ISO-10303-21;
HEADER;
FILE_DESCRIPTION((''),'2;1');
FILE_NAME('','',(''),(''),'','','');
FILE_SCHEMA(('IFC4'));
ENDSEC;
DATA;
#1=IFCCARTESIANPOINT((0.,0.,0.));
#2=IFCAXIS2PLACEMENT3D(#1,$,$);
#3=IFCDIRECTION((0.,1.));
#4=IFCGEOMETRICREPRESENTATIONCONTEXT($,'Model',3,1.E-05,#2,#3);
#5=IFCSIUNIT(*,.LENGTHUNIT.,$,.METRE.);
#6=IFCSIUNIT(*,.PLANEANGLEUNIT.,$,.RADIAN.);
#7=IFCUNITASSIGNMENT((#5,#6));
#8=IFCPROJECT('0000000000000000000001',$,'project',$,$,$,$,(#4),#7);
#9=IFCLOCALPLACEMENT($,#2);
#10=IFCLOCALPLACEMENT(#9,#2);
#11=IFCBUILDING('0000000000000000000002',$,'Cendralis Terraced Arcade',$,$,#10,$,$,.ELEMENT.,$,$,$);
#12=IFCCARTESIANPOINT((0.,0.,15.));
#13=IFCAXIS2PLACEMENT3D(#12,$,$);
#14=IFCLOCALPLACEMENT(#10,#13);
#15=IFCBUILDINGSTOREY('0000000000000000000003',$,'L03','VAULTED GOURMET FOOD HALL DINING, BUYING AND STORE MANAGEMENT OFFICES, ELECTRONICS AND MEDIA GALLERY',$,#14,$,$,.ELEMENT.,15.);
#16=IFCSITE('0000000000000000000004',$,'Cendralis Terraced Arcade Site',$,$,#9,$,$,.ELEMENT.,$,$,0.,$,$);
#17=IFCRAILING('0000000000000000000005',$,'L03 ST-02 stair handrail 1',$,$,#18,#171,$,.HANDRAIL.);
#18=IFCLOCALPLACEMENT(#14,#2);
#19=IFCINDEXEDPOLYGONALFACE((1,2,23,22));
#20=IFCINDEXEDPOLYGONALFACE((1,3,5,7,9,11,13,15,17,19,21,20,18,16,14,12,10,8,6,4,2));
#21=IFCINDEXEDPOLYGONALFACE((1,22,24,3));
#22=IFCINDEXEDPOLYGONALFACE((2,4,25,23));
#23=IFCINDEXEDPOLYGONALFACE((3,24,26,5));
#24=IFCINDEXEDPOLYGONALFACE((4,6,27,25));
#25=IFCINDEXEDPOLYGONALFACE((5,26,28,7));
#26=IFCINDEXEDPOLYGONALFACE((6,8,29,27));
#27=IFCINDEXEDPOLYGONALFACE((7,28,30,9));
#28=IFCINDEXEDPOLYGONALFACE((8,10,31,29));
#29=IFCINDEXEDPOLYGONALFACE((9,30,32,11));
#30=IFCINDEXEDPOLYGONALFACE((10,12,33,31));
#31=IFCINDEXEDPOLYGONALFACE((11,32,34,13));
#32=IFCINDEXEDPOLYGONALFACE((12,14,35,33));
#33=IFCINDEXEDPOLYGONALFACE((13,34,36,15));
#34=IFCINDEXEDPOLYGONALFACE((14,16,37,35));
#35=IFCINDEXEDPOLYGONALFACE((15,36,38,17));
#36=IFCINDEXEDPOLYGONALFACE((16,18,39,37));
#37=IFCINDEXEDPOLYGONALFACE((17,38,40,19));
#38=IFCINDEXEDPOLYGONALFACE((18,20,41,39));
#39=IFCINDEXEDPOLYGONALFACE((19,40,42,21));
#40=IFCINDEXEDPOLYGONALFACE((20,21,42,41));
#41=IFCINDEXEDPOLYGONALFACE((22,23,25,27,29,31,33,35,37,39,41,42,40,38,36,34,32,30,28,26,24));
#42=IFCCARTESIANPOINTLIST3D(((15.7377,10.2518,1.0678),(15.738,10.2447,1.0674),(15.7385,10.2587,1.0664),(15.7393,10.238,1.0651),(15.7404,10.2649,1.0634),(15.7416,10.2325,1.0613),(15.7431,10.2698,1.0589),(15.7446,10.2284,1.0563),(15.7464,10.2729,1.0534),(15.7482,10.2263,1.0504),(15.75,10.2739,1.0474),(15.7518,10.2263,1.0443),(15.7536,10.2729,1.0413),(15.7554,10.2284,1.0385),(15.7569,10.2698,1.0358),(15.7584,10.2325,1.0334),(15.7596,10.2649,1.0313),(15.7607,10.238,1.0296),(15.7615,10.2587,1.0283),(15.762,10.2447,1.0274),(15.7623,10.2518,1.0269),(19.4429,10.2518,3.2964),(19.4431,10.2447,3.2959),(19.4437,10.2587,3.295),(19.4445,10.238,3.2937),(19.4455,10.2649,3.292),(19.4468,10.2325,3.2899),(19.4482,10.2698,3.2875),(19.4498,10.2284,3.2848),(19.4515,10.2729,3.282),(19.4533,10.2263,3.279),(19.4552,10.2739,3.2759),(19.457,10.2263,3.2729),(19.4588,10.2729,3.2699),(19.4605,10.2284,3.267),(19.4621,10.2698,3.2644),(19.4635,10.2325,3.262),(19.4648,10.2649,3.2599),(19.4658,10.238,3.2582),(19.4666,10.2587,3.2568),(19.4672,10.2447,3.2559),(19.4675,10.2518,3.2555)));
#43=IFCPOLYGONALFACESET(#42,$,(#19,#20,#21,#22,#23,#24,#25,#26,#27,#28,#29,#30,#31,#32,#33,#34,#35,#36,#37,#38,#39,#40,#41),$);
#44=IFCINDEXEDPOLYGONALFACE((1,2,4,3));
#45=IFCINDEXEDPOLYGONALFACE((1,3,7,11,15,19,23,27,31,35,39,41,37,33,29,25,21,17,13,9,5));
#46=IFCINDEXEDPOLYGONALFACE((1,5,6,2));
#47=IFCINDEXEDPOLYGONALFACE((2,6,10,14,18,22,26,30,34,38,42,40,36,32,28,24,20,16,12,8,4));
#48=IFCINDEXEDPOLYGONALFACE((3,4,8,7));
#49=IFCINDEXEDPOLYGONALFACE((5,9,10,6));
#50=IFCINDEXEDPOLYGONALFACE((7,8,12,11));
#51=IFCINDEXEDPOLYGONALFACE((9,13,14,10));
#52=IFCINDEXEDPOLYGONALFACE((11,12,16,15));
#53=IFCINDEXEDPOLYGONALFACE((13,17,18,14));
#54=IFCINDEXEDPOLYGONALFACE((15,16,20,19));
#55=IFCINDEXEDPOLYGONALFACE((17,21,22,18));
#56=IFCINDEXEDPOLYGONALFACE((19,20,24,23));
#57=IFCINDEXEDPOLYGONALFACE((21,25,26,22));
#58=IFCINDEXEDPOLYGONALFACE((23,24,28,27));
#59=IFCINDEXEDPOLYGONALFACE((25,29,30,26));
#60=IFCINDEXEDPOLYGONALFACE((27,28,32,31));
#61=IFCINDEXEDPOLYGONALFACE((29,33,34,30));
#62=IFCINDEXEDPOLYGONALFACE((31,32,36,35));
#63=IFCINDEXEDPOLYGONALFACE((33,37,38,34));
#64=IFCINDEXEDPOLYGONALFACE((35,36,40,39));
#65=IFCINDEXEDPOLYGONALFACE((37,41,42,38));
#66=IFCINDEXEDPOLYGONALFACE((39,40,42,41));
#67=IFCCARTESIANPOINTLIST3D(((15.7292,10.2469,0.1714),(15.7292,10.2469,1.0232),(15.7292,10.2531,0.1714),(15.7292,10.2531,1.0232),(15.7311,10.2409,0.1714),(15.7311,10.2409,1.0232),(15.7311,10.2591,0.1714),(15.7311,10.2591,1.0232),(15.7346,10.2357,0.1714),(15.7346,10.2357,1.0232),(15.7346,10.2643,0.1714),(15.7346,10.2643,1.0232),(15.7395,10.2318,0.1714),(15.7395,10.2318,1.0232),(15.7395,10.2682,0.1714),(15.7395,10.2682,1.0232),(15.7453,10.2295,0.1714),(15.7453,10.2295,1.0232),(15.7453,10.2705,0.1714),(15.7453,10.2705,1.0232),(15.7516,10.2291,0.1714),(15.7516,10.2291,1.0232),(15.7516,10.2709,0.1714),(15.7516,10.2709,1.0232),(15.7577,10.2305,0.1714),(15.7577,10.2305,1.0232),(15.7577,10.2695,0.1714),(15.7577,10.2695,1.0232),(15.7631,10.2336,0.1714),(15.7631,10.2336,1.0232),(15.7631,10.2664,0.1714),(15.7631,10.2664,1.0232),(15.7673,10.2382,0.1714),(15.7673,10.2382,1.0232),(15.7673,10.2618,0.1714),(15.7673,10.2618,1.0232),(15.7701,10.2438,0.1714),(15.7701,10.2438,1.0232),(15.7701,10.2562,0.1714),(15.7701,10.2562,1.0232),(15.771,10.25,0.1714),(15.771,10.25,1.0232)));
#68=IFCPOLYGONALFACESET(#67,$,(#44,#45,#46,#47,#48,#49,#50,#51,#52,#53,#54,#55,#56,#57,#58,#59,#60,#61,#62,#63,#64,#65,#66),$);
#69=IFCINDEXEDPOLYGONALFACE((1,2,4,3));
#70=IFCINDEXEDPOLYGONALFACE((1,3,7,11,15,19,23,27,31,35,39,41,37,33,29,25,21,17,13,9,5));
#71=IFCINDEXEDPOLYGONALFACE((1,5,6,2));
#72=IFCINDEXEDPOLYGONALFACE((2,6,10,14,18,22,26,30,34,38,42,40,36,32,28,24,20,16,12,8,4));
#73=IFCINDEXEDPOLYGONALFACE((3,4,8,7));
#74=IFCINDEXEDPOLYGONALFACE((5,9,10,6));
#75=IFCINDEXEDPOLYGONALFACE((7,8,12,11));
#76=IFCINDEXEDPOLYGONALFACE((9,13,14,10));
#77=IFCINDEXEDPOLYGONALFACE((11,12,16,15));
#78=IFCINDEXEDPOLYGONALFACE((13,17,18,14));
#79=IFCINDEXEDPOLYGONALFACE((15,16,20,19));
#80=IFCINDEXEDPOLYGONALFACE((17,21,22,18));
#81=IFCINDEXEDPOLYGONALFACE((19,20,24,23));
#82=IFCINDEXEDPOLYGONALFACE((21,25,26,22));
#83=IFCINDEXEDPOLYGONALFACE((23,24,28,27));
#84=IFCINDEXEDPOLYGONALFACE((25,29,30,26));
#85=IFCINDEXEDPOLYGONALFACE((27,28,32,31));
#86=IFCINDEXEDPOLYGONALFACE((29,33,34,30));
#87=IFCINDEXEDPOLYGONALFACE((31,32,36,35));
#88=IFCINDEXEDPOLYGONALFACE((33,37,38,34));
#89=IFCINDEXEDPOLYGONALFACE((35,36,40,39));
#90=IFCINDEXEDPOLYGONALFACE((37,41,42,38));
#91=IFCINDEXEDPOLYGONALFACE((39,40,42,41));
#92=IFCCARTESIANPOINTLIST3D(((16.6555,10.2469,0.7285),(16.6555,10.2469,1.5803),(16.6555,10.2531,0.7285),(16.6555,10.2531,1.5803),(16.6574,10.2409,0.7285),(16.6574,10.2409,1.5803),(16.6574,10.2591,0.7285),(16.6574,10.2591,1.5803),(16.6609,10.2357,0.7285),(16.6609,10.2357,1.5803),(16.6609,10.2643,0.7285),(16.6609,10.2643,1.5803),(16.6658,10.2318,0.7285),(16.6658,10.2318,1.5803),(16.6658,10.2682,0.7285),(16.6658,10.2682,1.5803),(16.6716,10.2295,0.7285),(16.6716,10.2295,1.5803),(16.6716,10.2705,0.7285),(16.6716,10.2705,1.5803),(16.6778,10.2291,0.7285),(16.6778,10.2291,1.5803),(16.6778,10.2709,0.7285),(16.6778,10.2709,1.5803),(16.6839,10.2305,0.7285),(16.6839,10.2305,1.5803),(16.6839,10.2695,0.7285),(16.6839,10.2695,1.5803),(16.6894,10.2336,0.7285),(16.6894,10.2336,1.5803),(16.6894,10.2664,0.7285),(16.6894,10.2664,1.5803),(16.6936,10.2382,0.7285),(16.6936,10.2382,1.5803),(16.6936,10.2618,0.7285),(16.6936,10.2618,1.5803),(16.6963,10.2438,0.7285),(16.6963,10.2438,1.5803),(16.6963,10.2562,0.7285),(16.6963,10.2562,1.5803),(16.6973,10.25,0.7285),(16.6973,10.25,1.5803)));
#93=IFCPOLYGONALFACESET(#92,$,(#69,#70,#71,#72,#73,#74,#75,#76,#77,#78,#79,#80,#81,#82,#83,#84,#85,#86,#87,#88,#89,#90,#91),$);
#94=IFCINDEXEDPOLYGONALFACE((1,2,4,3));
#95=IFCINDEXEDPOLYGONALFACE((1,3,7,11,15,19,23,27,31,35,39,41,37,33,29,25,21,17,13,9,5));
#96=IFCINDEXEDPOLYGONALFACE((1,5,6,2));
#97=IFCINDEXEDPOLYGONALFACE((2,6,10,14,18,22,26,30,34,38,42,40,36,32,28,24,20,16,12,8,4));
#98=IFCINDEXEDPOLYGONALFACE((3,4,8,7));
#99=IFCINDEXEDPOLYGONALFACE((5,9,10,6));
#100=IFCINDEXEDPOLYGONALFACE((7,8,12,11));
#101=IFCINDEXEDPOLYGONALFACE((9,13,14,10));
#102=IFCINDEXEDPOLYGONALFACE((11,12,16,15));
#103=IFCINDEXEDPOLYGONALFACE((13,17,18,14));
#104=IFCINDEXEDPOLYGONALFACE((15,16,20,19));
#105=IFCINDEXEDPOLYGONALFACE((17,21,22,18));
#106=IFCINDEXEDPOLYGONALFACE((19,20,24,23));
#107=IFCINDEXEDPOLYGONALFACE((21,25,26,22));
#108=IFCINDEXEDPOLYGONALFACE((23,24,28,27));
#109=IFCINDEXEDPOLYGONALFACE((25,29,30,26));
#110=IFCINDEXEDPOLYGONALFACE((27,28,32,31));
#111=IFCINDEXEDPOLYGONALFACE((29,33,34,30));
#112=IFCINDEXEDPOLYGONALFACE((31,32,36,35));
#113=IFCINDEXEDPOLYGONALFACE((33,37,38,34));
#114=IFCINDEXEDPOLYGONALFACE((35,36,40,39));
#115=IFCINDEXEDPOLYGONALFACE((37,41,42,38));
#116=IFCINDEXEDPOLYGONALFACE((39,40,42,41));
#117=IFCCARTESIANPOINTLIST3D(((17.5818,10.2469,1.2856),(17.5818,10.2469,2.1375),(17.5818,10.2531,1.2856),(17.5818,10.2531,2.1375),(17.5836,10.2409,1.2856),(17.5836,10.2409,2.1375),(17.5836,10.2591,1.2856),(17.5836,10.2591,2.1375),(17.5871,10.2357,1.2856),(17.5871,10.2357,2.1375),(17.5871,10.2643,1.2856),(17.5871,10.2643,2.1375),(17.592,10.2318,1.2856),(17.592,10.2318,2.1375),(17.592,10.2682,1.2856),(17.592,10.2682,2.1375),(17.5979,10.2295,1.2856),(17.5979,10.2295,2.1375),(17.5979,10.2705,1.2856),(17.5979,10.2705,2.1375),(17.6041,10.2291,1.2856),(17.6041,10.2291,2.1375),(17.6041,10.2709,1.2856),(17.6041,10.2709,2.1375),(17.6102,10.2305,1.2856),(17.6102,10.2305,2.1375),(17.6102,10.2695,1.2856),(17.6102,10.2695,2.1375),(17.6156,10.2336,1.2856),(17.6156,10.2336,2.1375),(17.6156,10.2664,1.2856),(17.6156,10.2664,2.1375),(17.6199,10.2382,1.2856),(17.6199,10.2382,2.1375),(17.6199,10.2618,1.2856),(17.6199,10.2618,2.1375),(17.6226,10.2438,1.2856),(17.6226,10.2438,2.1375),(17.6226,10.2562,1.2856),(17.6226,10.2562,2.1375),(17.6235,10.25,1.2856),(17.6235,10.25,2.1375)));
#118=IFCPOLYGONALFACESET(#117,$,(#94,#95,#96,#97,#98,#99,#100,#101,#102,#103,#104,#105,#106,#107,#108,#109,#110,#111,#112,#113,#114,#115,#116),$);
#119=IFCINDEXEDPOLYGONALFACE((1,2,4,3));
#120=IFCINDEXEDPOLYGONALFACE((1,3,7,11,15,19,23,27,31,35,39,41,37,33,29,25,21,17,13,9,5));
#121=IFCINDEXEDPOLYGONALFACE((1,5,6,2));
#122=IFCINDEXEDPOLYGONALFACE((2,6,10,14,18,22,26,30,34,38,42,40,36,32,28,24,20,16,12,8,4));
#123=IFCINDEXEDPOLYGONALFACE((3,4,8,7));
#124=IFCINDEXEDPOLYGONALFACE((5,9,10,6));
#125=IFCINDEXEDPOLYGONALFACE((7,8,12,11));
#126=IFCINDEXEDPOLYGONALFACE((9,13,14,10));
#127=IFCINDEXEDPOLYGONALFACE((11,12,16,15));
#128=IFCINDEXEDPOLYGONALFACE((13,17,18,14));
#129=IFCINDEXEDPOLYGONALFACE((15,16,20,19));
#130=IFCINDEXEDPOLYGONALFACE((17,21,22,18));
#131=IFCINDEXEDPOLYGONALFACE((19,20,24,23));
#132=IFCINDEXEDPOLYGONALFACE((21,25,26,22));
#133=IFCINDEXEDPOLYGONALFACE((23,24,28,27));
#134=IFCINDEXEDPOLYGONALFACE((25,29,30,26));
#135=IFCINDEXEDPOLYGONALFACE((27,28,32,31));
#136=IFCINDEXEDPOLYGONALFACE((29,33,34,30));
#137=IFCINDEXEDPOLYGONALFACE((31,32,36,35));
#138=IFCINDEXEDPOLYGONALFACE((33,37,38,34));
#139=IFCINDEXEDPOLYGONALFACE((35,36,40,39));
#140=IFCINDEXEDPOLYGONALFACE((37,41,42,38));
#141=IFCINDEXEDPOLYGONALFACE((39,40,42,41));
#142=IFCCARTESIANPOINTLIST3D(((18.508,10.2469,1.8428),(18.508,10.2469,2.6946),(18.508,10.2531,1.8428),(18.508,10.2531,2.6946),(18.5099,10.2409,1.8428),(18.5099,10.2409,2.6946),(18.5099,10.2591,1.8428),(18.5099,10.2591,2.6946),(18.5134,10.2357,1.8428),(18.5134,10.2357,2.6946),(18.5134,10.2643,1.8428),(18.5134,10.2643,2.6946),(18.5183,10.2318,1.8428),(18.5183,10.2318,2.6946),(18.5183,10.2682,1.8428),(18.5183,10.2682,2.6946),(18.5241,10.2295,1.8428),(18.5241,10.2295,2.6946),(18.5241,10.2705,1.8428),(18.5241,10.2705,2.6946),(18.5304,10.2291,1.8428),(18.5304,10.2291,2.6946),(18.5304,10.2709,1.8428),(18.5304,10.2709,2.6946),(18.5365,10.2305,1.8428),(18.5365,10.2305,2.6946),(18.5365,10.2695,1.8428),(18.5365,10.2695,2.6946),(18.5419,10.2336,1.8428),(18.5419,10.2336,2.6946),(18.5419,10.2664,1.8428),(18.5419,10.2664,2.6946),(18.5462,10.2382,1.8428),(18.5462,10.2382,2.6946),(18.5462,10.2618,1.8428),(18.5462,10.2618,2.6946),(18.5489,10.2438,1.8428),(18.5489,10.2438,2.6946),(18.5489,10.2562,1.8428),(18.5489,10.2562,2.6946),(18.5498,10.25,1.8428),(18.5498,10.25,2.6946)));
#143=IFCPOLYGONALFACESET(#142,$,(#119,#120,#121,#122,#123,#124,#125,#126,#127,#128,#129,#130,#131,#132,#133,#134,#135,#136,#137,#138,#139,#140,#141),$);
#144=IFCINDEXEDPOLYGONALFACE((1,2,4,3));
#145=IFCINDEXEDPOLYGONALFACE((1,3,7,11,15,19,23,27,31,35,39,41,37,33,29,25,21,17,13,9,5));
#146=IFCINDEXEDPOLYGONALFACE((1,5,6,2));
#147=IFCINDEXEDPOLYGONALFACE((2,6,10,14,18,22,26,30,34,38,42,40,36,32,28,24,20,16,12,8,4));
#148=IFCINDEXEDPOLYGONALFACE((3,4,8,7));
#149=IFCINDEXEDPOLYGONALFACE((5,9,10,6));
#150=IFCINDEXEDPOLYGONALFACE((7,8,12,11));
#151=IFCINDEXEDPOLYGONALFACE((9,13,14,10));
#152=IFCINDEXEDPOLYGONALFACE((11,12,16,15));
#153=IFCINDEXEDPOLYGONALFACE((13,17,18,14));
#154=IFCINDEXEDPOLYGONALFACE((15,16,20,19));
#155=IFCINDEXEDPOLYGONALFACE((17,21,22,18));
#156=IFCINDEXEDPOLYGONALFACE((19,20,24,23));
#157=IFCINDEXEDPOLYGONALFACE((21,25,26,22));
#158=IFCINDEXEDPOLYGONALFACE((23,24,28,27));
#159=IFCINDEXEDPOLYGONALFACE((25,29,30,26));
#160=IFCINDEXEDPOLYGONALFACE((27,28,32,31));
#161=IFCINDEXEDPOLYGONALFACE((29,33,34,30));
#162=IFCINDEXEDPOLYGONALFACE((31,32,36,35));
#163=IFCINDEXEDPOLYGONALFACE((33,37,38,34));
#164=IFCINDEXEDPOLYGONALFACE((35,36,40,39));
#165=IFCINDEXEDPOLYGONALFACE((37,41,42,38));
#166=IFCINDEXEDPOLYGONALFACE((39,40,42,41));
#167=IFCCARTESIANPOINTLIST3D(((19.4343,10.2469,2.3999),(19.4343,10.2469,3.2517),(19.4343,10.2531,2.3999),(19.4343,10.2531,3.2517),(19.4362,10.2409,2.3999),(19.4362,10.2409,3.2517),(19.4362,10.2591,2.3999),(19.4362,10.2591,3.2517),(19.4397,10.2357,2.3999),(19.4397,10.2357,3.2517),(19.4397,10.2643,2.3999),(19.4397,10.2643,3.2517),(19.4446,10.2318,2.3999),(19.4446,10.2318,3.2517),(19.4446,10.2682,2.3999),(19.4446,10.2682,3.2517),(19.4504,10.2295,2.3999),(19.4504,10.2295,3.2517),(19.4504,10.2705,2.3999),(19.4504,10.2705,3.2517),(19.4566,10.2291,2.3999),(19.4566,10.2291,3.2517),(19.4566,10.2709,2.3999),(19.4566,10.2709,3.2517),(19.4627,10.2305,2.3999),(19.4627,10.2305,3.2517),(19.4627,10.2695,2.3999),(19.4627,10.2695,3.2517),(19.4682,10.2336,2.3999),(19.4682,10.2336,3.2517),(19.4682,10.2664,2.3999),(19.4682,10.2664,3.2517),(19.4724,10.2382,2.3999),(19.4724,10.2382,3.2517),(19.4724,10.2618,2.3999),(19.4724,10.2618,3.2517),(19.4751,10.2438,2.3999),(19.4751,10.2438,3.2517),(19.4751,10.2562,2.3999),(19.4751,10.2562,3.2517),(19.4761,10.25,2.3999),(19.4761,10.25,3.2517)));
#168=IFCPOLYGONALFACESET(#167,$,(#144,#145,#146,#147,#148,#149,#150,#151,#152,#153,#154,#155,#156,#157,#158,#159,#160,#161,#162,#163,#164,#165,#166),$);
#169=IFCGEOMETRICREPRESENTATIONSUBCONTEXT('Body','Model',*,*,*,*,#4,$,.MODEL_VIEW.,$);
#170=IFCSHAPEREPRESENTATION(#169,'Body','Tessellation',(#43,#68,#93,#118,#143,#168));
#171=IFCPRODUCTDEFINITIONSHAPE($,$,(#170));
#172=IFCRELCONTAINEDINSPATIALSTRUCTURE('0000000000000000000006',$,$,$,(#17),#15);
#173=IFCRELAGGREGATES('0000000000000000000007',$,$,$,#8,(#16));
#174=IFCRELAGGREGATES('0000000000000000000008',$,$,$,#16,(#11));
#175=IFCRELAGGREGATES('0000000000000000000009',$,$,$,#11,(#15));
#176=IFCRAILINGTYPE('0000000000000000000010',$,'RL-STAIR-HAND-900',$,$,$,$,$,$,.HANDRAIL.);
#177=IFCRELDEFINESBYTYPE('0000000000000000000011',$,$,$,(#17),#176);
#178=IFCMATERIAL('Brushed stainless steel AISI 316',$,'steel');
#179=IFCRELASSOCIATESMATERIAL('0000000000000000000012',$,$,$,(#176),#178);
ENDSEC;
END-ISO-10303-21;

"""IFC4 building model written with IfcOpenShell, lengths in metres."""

from ifc_helpers import new_model, si_unit, direction, frame, origin, origin_2d, place, context, subcontext, project, spatial, circle, extrude, material, type_object, element, save


model = new_model("IFC4")

# Units and contexts
model_context = context("Model", 3, precision=1e-05, world=origin(), true_north=direction((0.0, 1.0)))
body_context = subcontext(model_context, "Body", "Model", "MODEL_VIEW")
ifc_project = project(units=[si_unit("LENGTHUNIT", "METRE"), si_unit("PLANEANGLEUNIT", "RADIAN")], contexts=[model_context])

# Site, building, storey
site_placement = place(None, origin())
site = spatial("IfcSite", under=ifc_project, at=site_placement, Name="Cendralis Terraced Arcade Site", CompositionType="ELEMENT", RefElevation=0.0)
building_placement = place(site_placement, origin())
building = spatial("IfcBuilding", under=site, at=building_placement, Name="Cendralis Terraced Arcade", CompositionType="ELEMENT")
storey_placement = place(building_placement, frame((0.0, 0.0, 15.0)))
storey = spatial("IfcBuildingStorey", under=building, at=storey_placement, Name="L03", Description="VAULTED GOURMET FOOD HALL DINING, BUYING AND STORE MANAGEMENT OFFICES, ELECTRONICS AND MEDIA GALLERY", CompositionType="ELEMENT", Elevation=15.0)

# Railing
ifc_material_1 = material(Name="Brushed stainless steel AISI 316", Category="steel")
railing_type_1 = type_object("IfcRailingType", Name="RL-STAIR-HAND-900", PredefinedType="HANDRAIL", material=ifc_material_1)
railing_1_placement = place(storey_placement, frame((15.75, 10.25, 0.1714)))
element("IfcRailing", 1, at=railing_1_placement, inside=storey, type_object=railing_type_1, Name="L03 ST-02 stair handrail 1", PredefinedType="HANDRAIL", context=body_context, shape_type="SweptSolid", body=[
    extrude(circle(Radius=0.0239, at=origin_2d()), frame((0.0, 0.0, 0.876), z_axis=(0.856934, 0.0, 0.515425), x_axis=(0.0, 1.0, 0.0)), (0.0, 0.0, 1.0), 4.3237),
    extrude(circle(Radius=0.021, at=origin_2d()), origin(), (0.0, 0.0, 1.0), 0.8518),
    extrude(circle(Radius=0.021, at=origin_2d()), frame((0.9263, 0.0, 0.5571)), (0.0, 0.0, 1.0), 0.8518),
    extrude(circle(Radius=0.021, at=origin_2d()), frame((1.8525, 0.0, 1.1143)), (0.0, 0.0, 1.0), 0.8518),
    extrude(circle(Radius=0.021, at=origin_2d()), frame((2.7788, 0.0, 1.6714)), (0.0, 0.0, 1.0), 0.8518),
    extrude(circle(Radius=0.021, at=origin_2d()), frame((3.7051, 0.0, 2.2285)), (0.0, 0.0, 1.0), 0.8518),
])

save(model, "model.ifc")
